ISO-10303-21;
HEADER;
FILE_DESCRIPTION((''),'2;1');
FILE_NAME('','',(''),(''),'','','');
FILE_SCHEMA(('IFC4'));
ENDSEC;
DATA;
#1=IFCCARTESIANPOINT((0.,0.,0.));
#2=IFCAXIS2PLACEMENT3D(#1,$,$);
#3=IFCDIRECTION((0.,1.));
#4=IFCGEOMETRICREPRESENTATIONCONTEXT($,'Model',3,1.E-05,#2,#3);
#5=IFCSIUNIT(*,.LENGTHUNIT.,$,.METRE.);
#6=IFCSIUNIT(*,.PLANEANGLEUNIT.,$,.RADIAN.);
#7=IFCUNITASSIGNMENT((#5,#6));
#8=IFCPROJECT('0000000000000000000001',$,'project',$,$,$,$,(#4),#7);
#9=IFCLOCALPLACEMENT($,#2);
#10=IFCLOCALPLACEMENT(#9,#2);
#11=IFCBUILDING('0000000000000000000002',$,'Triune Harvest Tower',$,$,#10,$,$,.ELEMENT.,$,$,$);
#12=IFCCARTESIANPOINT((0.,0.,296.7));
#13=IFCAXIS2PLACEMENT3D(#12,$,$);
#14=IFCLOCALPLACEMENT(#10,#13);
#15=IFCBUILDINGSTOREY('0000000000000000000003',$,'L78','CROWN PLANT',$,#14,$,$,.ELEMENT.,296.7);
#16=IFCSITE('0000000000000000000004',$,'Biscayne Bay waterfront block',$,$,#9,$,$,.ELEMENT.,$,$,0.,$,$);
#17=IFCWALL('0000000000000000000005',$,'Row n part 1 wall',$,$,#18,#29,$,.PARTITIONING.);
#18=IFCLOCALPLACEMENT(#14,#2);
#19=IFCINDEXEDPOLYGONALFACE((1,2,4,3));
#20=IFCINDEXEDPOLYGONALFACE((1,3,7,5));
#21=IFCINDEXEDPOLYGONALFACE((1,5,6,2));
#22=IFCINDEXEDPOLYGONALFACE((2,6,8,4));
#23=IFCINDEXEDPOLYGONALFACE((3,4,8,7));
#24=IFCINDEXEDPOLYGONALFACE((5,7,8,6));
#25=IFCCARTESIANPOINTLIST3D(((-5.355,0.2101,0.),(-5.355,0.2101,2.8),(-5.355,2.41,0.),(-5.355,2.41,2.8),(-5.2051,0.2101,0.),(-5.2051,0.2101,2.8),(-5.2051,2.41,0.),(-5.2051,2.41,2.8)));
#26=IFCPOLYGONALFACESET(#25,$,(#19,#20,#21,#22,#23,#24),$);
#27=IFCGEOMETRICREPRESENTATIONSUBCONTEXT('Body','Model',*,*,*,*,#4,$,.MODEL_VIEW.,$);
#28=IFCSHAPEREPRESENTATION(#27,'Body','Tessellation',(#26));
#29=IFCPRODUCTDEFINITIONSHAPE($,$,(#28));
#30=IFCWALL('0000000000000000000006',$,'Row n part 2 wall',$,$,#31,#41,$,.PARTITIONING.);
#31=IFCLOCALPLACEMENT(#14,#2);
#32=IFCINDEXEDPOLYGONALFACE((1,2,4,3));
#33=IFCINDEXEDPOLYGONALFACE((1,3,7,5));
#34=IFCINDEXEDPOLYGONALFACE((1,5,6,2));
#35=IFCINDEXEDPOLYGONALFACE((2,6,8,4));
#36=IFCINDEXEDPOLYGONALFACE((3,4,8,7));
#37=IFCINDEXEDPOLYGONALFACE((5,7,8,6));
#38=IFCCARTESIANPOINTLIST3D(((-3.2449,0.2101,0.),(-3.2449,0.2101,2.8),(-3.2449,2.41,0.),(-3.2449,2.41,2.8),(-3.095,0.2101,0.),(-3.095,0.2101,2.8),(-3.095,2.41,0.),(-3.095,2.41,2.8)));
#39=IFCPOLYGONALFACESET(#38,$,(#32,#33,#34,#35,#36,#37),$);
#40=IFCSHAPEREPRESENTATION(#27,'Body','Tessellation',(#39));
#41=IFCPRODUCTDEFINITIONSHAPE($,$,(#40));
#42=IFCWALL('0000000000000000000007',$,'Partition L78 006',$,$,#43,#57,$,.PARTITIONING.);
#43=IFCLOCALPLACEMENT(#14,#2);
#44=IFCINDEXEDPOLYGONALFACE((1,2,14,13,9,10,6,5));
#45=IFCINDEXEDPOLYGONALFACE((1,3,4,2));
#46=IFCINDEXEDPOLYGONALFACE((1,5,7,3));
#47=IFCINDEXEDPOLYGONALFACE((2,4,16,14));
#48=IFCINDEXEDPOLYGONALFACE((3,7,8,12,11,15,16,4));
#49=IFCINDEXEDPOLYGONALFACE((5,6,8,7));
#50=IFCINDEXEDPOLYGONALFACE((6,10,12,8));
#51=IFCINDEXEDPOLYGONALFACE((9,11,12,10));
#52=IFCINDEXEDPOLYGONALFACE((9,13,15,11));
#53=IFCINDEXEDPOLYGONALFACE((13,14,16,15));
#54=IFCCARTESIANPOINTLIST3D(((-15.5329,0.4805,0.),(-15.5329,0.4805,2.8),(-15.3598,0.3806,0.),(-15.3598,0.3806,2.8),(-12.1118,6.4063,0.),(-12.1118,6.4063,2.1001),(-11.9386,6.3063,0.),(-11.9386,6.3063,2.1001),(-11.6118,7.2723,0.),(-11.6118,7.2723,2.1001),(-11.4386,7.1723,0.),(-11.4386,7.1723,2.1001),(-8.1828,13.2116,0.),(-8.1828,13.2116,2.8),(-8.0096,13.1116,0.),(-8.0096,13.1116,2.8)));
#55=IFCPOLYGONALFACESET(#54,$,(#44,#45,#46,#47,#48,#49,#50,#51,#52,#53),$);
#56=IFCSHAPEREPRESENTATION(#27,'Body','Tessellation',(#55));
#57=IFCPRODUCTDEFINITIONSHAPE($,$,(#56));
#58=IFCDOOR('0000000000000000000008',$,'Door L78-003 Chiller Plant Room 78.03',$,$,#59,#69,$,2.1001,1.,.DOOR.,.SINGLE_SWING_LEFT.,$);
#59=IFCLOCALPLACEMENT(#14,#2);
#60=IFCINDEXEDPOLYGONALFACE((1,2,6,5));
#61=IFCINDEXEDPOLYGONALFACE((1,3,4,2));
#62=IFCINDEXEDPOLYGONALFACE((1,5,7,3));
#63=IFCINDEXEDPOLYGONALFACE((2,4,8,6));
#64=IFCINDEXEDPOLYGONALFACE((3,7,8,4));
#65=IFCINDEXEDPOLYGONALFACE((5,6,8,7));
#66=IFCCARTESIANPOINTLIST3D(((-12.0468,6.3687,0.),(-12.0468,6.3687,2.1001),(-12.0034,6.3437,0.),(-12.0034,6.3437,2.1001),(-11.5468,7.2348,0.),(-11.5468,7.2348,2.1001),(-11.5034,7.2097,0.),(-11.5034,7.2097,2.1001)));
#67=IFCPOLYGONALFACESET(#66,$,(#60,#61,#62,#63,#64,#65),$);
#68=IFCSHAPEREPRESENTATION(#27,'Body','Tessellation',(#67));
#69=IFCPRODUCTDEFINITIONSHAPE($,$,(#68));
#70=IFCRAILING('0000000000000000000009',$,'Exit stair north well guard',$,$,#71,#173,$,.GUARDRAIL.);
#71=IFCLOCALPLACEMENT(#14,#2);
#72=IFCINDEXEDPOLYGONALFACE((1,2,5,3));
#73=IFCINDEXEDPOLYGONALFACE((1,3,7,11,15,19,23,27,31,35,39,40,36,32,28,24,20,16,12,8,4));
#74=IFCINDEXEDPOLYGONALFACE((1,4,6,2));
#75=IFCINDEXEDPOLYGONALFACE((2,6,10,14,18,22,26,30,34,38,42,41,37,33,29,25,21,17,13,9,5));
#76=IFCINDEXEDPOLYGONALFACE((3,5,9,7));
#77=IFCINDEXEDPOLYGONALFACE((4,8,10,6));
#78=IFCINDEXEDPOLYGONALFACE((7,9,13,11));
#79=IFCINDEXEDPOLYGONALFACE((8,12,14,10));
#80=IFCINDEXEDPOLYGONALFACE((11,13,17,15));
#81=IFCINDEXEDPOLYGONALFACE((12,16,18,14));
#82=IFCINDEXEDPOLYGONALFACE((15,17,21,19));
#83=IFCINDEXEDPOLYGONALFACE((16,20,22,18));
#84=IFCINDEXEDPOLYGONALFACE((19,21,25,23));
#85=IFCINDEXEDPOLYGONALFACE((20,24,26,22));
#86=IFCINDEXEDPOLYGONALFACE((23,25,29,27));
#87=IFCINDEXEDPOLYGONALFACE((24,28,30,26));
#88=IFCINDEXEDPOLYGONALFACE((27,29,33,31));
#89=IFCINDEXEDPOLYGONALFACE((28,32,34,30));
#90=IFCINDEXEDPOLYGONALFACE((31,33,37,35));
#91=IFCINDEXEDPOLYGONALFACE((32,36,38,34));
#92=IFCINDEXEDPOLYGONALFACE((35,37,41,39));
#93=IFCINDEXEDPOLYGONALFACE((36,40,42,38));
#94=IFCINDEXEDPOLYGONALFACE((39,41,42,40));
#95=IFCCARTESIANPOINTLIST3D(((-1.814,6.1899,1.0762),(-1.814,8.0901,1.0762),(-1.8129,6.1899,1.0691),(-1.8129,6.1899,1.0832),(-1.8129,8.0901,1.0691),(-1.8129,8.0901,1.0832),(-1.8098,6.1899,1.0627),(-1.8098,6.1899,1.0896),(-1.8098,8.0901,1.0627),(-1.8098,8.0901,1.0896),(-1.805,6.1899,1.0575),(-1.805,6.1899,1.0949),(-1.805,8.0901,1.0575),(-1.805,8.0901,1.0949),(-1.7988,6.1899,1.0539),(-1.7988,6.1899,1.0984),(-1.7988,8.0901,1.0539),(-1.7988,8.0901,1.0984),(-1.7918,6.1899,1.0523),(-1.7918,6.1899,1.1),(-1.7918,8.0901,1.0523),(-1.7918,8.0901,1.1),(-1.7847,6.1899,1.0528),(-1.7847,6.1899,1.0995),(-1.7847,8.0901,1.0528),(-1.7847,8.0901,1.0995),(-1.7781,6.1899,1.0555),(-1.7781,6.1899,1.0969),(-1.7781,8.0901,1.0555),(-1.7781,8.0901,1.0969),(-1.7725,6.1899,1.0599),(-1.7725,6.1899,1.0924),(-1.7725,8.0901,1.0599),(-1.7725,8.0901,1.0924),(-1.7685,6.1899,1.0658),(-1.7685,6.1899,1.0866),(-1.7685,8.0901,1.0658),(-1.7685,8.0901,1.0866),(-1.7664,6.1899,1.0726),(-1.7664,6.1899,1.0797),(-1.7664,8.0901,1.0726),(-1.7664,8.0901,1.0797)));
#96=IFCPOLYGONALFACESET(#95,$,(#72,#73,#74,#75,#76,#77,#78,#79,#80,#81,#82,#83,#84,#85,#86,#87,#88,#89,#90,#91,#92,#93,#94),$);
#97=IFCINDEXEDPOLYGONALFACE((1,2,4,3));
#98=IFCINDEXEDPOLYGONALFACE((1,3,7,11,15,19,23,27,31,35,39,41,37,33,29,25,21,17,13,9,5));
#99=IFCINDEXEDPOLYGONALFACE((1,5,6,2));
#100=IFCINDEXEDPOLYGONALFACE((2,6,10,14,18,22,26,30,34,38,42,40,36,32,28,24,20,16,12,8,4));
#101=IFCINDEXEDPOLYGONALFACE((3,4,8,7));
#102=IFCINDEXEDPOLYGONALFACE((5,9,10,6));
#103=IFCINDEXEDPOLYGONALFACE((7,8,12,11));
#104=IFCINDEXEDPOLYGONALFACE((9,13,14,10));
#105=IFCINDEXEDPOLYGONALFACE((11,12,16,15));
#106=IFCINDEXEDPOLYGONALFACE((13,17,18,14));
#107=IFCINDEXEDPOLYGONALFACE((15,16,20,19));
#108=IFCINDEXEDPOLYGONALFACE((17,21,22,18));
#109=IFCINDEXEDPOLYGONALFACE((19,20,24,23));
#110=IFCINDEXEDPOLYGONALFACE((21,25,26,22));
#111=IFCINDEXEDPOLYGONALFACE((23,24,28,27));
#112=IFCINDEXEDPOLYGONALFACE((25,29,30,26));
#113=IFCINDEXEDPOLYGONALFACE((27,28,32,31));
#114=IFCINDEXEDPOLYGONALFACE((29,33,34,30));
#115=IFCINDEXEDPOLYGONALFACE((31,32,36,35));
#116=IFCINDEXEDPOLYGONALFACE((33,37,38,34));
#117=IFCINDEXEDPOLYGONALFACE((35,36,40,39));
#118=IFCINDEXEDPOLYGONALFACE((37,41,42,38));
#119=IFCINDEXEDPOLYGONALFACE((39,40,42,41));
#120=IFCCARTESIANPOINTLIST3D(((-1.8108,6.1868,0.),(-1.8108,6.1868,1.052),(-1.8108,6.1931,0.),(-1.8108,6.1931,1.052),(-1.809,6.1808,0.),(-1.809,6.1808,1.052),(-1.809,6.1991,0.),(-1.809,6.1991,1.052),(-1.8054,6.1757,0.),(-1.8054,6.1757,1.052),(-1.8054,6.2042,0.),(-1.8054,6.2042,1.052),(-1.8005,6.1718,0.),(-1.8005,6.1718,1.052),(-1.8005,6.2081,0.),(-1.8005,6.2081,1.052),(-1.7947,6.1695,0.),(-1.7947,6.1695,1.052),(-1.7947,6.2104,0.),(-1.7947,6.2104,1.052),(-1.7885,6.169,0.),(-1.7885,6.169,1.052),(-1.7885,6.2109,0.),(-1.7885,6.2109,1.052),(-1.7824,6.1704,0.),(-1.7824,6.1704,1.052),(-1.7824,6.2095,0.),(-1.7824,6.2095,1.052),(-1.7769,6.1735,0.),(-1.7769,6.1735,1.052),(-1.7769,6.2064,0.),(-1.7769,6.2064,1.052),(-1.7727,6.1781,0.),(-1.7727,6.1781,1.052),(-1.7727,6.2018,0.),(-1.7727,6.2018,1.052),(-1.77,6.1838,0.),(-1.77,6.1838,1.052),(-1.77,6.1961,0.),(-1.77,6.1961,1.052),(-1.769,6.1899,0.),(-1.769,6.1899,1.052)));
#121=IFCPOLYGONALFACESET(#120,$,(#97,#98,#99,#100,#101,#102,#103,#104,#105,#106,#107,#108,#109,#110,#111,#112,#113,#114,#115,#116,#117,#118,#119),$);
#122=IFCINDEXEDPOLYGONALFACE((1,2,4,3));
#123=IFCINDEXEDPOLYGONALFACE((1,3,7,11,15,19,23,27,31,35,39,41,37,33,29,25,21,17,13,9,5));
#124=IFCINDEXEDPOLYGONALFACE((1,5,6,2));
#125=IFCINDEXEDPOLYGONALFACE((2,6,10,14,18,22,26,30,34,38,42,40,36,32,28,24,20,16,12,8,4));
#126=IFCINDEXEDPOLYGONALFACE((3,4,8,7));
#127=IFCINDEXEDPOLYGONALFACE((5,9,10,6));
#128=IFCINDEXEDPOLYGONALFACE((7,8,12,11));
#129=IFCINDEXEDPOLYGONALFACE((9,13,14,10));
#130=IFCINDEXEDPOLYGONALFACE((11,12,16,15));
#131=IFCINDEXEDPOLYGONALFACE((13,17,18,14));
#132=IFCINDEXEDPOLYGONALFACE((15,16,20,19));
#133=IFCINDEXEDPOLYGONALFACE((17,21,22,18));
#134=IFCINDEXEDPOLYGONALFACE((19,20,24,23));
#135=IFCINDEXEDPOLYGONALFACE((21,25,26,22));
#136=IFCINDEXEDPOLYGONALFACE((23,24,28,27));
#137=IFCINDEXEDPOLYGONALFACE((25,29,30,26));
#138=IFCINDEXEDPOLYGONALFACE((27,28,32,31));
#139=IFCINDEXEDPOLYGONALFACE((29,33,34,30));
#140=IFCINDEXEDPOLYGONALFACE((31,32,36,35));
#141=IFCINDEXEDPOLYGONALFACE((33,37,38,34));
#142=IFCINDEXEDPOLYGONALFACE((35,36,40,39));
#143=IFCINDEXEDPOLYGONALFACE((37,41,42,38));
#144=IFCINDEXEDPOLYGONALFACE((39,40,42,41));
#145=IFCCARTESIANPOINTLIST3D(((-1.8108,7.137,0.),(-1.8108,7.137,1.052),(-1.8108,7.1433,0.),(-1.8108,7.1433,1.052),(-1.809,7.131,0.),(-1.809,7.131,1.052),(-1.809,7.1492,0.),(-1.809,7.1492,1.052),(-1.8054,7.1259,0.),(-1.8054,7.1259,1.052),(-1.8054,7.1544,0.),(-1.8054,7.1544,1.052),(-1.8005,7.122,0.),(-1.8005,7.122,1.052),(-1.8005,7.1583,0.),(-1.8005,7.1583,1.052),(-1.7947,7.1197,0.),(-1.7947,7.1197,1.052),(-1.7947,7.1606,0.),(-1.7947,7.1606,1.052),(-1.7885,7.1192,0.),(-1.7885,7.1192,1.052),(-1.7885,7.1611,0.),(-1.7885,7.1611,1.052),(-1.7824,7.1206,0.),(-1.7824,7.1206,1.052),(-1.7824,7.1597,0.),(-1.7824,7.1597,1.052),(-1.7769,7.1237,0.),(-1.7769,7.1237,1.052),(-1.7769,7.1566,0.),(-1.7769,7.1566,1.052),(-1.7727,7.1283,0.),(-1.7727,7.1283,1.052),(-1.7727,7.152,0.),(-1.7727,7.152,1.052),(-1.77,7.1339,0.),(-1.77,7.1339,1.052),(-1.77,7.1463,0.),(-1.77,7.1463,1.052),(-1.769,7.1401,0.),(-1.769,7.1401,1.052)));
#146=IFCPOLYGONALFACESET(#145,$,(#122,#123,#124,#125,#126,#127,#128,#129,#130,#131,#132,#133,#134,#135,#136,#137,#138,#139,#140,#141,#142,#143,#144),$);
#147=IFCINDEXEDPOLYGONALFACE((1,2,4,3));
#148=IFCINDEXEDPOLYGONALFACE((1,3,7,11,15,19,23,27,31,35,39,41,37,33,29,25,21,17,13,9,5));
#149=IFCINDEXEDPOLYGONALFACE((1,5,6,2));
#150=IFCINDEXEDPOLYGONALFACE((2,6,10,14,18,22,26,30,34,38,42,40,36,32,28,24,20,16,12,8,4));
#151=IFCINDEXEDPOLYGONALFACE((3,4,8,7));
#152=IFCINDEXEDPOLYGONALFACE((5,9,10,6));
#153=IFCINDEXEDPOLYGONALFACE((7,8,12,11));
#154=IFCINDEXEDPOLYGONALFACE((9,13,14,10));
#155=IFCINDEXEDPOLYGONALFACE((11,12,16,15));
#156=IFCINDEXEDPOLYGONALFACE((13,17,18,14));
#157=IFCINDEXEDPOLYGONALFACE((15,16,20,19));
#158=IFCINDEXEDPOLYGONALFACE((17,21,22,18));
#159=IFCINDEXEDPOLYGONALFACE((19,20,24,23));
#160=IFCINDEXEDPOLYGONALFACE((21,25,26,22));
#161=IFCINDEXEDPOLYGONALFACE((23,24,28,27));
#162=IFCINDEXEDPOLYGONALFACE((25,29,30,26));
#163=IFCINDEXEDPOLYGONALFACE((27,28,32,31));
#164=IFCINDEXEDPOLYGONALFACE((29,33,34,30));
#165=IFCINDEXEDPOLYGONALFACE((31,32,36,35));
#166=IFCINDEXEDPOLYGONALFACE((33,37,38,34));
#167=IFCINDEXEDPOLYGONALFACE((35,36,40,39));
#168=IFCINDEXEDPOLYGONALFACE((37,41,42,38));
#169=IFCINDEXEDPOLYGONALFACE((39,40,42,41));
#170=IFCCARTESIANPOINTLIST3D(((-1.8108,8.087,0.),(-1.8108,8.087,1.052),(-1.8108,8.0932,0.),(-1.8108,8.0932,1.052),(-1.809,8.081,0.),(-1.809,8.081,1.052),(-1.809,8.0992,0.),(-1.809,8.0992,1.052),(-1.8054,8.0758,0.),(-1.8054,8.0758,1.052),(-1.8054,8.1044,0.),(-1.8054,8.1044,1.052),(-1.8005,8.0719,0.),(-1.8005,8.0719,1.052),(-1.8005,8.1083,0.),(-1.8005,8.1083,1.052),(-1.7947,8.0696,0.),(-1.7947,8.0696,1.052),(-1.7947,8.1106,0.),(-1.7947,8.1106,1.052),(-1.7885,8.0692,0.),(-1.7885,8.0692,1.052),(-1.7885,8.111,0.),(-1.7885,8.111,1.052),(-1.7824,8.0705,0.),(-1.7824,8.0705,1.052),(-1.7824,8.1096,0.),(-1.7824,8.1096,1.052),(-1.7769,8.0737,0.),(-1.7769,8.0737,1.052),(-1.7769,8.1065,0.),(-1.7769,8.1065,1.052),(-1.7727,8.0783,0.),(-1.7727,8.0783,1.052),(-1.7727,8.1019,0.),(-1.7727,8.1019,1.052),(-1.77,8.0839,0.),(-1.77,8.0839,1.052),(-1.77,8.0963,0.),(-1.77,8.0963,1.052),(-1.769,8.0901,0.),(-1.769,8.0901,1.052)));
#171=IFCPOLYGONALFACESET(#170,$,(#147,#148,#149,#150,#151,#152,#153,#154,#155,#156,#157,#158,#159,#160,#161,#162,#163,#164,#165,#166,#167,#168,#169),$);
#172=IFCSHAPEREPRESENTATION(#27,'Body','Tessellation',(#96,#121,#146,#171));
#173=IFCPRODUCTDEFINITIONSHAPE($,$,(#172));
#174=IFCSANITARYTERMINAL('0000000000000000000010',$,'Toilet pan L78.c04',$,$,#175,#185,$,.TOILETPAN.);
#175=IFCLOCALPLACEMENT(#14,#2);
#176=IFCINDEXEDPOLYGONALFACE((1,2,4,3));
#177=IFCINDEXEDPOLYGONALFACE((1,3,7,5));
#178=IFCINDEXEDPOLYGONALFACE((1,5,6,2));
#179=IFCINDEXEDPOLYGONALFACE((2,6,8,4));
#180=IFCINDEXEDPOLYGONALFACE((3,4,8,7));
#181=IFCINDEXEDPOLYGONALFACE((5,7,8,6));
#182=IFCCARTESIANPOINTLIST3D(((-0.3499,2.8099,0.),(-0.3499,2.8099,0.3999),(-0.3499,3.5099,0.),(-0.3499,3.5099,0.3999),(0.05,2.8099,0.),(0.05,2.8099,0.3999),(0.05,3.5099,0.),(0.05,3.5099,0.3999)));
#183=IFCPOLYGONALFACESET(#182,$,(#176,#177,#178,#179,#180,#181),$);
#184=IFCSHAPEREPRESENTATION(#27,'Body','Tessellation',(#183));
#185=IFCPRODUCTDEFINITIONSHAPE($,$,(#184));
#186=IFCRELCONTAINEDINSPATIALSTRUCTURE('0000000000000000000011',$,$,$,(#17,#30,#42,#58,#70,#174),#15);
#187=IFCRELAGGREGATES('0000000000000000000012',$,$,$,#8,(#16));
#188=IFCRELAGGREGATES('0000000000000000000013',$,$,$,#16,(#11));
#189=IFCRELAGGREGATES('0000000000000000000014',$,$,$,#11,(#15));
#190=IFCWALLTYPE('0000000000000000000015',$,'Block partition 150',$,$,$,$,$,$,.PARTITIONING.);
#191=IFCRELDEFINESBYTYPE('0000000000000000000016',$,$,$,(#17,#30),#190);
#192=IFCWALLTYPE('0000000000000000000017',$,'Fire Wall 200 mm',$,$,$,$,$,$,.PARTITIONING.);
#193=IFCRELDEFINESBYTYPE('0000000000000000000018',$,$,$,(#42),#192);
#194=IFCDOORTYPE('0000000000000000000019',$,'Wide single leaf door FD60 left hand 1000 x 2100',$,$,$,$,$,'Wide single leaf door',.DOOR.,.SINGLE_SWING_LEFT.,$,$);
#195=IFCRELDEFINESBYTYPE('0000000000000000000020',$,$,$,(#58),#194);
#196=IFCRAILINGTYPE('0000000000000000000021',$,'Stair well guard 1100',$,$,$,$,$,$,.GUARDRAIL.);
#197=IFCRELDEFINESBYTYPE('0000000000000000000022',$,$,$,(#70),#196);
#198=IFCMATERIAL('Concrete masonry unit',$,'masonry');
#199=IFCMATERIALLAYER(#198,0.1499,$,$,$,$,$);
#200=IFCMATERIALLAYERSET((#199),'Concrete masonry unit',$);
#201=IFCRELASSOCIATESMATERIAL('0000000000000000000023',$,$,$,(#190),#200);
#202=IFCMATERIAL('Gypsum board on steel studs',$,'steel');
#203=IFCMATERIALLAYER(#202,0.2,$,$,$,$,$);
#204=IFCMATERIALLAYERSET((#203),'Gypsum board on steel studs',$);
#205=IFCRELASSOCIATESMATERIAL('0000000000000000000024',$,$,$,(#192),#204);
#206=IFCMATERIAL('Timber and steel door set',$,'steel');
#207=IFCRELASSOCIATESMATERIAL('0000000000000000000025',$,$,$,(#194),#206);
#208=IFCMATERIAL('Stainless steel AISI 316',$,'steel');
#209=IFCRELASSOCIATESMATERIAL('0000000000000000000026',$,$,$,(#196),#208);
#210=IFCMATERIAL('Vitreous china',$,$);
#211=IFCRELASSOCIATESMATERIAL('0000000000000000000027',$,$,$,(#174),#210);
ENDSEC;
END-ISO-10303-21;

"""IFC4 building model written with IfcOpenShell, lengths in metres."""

from ifc_helpers import new_model, si_unit, direction, frame, frame_2d, origin, origin_2d, place, context, subcontext, project, spatial, rectangle, circle, extrude, source, transform, mapped, material, layer, layer_set, type_object, element, fill, save


model = new_model("IFC4")

# Units and contexts
model_context = context("Model", 3, precision=1e-05, world=origin(), true_north=direction((0.0, 1.0)))
body_context = subcontext(model_context, "Body", "Model", "MODEL_VIEW")
ifc_project = project(units=[si_unit("LENGTHUNIT", "METRE"), si_unit("PLANEANGLEUNIT", "RADIAN")], contexts=[model_context])

# Site, building, storey
site_placement = place(None, origin())
site = spatial("IfcSite", under=ifc_project, at=site_placement, Name="Biscayne Bay waterfront block", CompositionType="ELEMENT", RefElevation=0.0)
building_placement = place(site_placement, origin())
building = spatial("IfcBuilding", under=site, at=building_placement, Name="Triune Harvest Tower", CompositionType="ELEMENT")
storey_placement = place(building_placement, frame((0.0, 0.0, 296.7)))
storey = spatial("IfcBuildingStorey", under=building, at=storey_placement, Name="L78", Description="CROWN PLANT", CompositionType="ELEMENT", Elevation=296.7)

# Walls
ifc_material_1 = material(Name="Concrete masonry unit", Category="masonry")
ifc_layer_1 = layer(ifc_material_1, 0.1499)
ifc_layer_set_1 = layer_set([ifc_layer_1], Name="Concrete masonry unit")
wall_type_1 = type_object("IfcWallType", Name="Block partition 150", PredefinedType="PARTITIONING", material=ifc_layer_set_1)
shared_shape_1 = source(origin(), body_context, "Body", "SweptSolid", [
    extrude(rectangle(XDim=2.2, YDim=0.1499, at=frame_2d((1.1001, 0.0))), origin(), (0.0, 0.0, 1.0), 2.8),
])
for number, where, z_axis, x_axis, name in (
    (1, (-5.28, 0.21, 0.0), (0.0, 0.0, 1.0), (0.0, 1.0, 0.0), "Row n part 1 wall"),
    (2, (-3.1699, 0.21, 0.0), (0.0, 0.0, 1.0), (0.0, 1.0, 0.0), "Row n part 2 wall"),
):
    element("IfcWall", number, at=place(storey_placement, frame(where, z_axis=z_axis, x_axis=x_axis)), inside=storey, type_object=wall_type_1, Name=name, PredefinedType="PARTITIONING", context=body_context, shape_type="MappedRepresentation", body=[
        mapped(shared_shape_1, transform((0.0, 0.0, 0.0), scale=1.0)),
    ])

# Wall, opening, door
ifc_material_2 = material(Name="Gypsum board on steel studs", Category="steel")
ifc_layer_2 = layer(ifc_material_2, 0.2)
ifc_layer_set_2 = layer_set([ifc_layer_2], Name="Gypsum board on steel studs")
wall_type_2 = type_object("IfcWallType", Name="Fire Wall 200 mm", PredefinedType="PARTITIONING", material=ifc_layer_set_2)
shared_shape_2 = source(origin(), body_context, "Body", "SweptSolid", [
    extrude(rectangle(XDim=14.7004, YDim=0.2, at=frame_2d((7.3501, 0.0))), origin(), (0.0, 0.0, 1.0), 2.8),
])
wall_1_placement = place(storey_placement, frame((-15.4463, 0.4307, 0.0), z_axis=(0.0, 0.0, 1.0), x_axis=(0.499994, 0.866029, 0.0)))
wall_1 = element("IfcWall", 3, at=wall_1_placement, inside=storey, type_object=wall_type_2, Name="Partition L78 006", PredefinedType="PARTITIONING", context=body_context, shape_type="MappedRepresentation", body=[
    mapped(shared_shape_2, transform((0.0, 0.0, 0.0), scale=1.0)),
])
opening_1_placement = place(wall_1_placement, frame((6.8423, 0.0, 0.0)))
opening_1 = element("IfcOpeningElement", 4, at=opening_1_placement, cuts=wall_1, PredefinedType="OPENING", context=body_context, shape_type="SweptSolid", body=[
    extrude(rectangle(XDim=1.0, YDim=2.1001, at=frame_2d((0.5, 1.05))), frame((0.0, 0.1099, 0.0), z_axis=(0.0, -1.0, 0.0), x_axis=(1.0, 0.0, 0.0)), (0.0, 0.0, 1.0), 0.22),
])
ifc_material_3 = material(Name="Timber and steel door set", Category="steel")
door_type_1 = type_object("IfcDoorType", Name="Wide single leaf door FD60 left hand 1000 x 2100", ElementType="Wide single leaf door", OperationType="SINGLE_SWING_LEFT", PredefinedType="DOOR", material=ifc_material_3)
door_1_placement = place(opening_1_placement, origin())
door_1 = element("IfcDoor", 5, at=door_1_placement, inside=storey, type_object=door_type_1, Name="Door L78-003 Chiller Plant Room 78.03", OperationType="SINGLE_SWING_LEFT", OverallHeight=2.1001, OverallWidth=1.0, PredefinedType="DOOR", context=body_context, shape_type="SweptSolid", body=[
    extrude(rectangle(XDim=1.0, YDim=2.1001, at=frame_2d((0.5, 1.05))), frame((0.0, 0.0249, 0.0), z_axis=(0.0, -1.0, 0.0), x_axis=(1.0, 0.0, 0.0)), (0.0, 0.0, 1.0), 0.05),
])
fill(opening_1, door_1)

# Railing
ifc_material_4 = material(Name="Stainless steel AISI 316", Category="steel")
railing_type = type_object("IfcRailingType", Name="Stair well guard 1100", PredefinedType="GUARDRAIL", material=ifc_material_4)
railing_placement = place(storey_placement, frame((-1.79, 6.1899, 0.0)))
element("IfcRailing", 6, at=railing_placement, inside=storey, type_object=railing_type, Name="Exit stair north well guard", PredefinedType="GUARDRAIL", context=body_context, shape_type="SweptSolid", body=[
    extrude(circle(Radius=0.0239, at=origin_2d()), frame((0.0, 0.0, 1.0762), z_axis=(0.0, 1.0, 0.0), x_axis=(-1.0, 0.0, 0.0)), (0.0, 0.0, 1.0), 1.9001),
    extrude(circle(Radius=0.021, at=origin_2d()), origin(), (0.0, 0.0, 1.0), 1.052),
    extrude(circle(Radius=0.021, at=origin_2d()), frame((0.0, 0.9502, 0.0)), (0.0, 0.0, 1.0), 1.052),
    extrude(circle(Radius=0.021, at=origin_2d()), frame((0.0, 1.9001, 0.0)), (0.0, 0.0, 1.0), 1.052),
])

# Sanitary terminal
ifc_material_5 = material(Name="Vitreous china")
shared_shape_3 = source(origin(), body_context, "Body", "SweptSolid", [
    extrude(rectangle(XDim=0.3999, YDim=0.7, at=origin_2d()), origin(), (0.0, 0.0, 1.0), 0.3999),
])
sanitary_terminal_placement = place(storey_placement, frame((-0.1499, 3.1599, 0.0), z_axis=(0.0, 0.0, 1.0), x_axis=(-1.0, 0.0, 0.0)))
element("IfcSanitaryTerminal", 7, at=sanitary_terminal_placement, inside=storey, material=ifc_material_5, Name="Toilet pan L78.c04", PredefinedType="TOILETPAN", context=body_context, shape_type="MappedRepresentation", body=[
    mapped(shared_shape_3, transform((0.0, 0.0, 0.0), scale=1.0)),
])

save(model, "model.ifc")
